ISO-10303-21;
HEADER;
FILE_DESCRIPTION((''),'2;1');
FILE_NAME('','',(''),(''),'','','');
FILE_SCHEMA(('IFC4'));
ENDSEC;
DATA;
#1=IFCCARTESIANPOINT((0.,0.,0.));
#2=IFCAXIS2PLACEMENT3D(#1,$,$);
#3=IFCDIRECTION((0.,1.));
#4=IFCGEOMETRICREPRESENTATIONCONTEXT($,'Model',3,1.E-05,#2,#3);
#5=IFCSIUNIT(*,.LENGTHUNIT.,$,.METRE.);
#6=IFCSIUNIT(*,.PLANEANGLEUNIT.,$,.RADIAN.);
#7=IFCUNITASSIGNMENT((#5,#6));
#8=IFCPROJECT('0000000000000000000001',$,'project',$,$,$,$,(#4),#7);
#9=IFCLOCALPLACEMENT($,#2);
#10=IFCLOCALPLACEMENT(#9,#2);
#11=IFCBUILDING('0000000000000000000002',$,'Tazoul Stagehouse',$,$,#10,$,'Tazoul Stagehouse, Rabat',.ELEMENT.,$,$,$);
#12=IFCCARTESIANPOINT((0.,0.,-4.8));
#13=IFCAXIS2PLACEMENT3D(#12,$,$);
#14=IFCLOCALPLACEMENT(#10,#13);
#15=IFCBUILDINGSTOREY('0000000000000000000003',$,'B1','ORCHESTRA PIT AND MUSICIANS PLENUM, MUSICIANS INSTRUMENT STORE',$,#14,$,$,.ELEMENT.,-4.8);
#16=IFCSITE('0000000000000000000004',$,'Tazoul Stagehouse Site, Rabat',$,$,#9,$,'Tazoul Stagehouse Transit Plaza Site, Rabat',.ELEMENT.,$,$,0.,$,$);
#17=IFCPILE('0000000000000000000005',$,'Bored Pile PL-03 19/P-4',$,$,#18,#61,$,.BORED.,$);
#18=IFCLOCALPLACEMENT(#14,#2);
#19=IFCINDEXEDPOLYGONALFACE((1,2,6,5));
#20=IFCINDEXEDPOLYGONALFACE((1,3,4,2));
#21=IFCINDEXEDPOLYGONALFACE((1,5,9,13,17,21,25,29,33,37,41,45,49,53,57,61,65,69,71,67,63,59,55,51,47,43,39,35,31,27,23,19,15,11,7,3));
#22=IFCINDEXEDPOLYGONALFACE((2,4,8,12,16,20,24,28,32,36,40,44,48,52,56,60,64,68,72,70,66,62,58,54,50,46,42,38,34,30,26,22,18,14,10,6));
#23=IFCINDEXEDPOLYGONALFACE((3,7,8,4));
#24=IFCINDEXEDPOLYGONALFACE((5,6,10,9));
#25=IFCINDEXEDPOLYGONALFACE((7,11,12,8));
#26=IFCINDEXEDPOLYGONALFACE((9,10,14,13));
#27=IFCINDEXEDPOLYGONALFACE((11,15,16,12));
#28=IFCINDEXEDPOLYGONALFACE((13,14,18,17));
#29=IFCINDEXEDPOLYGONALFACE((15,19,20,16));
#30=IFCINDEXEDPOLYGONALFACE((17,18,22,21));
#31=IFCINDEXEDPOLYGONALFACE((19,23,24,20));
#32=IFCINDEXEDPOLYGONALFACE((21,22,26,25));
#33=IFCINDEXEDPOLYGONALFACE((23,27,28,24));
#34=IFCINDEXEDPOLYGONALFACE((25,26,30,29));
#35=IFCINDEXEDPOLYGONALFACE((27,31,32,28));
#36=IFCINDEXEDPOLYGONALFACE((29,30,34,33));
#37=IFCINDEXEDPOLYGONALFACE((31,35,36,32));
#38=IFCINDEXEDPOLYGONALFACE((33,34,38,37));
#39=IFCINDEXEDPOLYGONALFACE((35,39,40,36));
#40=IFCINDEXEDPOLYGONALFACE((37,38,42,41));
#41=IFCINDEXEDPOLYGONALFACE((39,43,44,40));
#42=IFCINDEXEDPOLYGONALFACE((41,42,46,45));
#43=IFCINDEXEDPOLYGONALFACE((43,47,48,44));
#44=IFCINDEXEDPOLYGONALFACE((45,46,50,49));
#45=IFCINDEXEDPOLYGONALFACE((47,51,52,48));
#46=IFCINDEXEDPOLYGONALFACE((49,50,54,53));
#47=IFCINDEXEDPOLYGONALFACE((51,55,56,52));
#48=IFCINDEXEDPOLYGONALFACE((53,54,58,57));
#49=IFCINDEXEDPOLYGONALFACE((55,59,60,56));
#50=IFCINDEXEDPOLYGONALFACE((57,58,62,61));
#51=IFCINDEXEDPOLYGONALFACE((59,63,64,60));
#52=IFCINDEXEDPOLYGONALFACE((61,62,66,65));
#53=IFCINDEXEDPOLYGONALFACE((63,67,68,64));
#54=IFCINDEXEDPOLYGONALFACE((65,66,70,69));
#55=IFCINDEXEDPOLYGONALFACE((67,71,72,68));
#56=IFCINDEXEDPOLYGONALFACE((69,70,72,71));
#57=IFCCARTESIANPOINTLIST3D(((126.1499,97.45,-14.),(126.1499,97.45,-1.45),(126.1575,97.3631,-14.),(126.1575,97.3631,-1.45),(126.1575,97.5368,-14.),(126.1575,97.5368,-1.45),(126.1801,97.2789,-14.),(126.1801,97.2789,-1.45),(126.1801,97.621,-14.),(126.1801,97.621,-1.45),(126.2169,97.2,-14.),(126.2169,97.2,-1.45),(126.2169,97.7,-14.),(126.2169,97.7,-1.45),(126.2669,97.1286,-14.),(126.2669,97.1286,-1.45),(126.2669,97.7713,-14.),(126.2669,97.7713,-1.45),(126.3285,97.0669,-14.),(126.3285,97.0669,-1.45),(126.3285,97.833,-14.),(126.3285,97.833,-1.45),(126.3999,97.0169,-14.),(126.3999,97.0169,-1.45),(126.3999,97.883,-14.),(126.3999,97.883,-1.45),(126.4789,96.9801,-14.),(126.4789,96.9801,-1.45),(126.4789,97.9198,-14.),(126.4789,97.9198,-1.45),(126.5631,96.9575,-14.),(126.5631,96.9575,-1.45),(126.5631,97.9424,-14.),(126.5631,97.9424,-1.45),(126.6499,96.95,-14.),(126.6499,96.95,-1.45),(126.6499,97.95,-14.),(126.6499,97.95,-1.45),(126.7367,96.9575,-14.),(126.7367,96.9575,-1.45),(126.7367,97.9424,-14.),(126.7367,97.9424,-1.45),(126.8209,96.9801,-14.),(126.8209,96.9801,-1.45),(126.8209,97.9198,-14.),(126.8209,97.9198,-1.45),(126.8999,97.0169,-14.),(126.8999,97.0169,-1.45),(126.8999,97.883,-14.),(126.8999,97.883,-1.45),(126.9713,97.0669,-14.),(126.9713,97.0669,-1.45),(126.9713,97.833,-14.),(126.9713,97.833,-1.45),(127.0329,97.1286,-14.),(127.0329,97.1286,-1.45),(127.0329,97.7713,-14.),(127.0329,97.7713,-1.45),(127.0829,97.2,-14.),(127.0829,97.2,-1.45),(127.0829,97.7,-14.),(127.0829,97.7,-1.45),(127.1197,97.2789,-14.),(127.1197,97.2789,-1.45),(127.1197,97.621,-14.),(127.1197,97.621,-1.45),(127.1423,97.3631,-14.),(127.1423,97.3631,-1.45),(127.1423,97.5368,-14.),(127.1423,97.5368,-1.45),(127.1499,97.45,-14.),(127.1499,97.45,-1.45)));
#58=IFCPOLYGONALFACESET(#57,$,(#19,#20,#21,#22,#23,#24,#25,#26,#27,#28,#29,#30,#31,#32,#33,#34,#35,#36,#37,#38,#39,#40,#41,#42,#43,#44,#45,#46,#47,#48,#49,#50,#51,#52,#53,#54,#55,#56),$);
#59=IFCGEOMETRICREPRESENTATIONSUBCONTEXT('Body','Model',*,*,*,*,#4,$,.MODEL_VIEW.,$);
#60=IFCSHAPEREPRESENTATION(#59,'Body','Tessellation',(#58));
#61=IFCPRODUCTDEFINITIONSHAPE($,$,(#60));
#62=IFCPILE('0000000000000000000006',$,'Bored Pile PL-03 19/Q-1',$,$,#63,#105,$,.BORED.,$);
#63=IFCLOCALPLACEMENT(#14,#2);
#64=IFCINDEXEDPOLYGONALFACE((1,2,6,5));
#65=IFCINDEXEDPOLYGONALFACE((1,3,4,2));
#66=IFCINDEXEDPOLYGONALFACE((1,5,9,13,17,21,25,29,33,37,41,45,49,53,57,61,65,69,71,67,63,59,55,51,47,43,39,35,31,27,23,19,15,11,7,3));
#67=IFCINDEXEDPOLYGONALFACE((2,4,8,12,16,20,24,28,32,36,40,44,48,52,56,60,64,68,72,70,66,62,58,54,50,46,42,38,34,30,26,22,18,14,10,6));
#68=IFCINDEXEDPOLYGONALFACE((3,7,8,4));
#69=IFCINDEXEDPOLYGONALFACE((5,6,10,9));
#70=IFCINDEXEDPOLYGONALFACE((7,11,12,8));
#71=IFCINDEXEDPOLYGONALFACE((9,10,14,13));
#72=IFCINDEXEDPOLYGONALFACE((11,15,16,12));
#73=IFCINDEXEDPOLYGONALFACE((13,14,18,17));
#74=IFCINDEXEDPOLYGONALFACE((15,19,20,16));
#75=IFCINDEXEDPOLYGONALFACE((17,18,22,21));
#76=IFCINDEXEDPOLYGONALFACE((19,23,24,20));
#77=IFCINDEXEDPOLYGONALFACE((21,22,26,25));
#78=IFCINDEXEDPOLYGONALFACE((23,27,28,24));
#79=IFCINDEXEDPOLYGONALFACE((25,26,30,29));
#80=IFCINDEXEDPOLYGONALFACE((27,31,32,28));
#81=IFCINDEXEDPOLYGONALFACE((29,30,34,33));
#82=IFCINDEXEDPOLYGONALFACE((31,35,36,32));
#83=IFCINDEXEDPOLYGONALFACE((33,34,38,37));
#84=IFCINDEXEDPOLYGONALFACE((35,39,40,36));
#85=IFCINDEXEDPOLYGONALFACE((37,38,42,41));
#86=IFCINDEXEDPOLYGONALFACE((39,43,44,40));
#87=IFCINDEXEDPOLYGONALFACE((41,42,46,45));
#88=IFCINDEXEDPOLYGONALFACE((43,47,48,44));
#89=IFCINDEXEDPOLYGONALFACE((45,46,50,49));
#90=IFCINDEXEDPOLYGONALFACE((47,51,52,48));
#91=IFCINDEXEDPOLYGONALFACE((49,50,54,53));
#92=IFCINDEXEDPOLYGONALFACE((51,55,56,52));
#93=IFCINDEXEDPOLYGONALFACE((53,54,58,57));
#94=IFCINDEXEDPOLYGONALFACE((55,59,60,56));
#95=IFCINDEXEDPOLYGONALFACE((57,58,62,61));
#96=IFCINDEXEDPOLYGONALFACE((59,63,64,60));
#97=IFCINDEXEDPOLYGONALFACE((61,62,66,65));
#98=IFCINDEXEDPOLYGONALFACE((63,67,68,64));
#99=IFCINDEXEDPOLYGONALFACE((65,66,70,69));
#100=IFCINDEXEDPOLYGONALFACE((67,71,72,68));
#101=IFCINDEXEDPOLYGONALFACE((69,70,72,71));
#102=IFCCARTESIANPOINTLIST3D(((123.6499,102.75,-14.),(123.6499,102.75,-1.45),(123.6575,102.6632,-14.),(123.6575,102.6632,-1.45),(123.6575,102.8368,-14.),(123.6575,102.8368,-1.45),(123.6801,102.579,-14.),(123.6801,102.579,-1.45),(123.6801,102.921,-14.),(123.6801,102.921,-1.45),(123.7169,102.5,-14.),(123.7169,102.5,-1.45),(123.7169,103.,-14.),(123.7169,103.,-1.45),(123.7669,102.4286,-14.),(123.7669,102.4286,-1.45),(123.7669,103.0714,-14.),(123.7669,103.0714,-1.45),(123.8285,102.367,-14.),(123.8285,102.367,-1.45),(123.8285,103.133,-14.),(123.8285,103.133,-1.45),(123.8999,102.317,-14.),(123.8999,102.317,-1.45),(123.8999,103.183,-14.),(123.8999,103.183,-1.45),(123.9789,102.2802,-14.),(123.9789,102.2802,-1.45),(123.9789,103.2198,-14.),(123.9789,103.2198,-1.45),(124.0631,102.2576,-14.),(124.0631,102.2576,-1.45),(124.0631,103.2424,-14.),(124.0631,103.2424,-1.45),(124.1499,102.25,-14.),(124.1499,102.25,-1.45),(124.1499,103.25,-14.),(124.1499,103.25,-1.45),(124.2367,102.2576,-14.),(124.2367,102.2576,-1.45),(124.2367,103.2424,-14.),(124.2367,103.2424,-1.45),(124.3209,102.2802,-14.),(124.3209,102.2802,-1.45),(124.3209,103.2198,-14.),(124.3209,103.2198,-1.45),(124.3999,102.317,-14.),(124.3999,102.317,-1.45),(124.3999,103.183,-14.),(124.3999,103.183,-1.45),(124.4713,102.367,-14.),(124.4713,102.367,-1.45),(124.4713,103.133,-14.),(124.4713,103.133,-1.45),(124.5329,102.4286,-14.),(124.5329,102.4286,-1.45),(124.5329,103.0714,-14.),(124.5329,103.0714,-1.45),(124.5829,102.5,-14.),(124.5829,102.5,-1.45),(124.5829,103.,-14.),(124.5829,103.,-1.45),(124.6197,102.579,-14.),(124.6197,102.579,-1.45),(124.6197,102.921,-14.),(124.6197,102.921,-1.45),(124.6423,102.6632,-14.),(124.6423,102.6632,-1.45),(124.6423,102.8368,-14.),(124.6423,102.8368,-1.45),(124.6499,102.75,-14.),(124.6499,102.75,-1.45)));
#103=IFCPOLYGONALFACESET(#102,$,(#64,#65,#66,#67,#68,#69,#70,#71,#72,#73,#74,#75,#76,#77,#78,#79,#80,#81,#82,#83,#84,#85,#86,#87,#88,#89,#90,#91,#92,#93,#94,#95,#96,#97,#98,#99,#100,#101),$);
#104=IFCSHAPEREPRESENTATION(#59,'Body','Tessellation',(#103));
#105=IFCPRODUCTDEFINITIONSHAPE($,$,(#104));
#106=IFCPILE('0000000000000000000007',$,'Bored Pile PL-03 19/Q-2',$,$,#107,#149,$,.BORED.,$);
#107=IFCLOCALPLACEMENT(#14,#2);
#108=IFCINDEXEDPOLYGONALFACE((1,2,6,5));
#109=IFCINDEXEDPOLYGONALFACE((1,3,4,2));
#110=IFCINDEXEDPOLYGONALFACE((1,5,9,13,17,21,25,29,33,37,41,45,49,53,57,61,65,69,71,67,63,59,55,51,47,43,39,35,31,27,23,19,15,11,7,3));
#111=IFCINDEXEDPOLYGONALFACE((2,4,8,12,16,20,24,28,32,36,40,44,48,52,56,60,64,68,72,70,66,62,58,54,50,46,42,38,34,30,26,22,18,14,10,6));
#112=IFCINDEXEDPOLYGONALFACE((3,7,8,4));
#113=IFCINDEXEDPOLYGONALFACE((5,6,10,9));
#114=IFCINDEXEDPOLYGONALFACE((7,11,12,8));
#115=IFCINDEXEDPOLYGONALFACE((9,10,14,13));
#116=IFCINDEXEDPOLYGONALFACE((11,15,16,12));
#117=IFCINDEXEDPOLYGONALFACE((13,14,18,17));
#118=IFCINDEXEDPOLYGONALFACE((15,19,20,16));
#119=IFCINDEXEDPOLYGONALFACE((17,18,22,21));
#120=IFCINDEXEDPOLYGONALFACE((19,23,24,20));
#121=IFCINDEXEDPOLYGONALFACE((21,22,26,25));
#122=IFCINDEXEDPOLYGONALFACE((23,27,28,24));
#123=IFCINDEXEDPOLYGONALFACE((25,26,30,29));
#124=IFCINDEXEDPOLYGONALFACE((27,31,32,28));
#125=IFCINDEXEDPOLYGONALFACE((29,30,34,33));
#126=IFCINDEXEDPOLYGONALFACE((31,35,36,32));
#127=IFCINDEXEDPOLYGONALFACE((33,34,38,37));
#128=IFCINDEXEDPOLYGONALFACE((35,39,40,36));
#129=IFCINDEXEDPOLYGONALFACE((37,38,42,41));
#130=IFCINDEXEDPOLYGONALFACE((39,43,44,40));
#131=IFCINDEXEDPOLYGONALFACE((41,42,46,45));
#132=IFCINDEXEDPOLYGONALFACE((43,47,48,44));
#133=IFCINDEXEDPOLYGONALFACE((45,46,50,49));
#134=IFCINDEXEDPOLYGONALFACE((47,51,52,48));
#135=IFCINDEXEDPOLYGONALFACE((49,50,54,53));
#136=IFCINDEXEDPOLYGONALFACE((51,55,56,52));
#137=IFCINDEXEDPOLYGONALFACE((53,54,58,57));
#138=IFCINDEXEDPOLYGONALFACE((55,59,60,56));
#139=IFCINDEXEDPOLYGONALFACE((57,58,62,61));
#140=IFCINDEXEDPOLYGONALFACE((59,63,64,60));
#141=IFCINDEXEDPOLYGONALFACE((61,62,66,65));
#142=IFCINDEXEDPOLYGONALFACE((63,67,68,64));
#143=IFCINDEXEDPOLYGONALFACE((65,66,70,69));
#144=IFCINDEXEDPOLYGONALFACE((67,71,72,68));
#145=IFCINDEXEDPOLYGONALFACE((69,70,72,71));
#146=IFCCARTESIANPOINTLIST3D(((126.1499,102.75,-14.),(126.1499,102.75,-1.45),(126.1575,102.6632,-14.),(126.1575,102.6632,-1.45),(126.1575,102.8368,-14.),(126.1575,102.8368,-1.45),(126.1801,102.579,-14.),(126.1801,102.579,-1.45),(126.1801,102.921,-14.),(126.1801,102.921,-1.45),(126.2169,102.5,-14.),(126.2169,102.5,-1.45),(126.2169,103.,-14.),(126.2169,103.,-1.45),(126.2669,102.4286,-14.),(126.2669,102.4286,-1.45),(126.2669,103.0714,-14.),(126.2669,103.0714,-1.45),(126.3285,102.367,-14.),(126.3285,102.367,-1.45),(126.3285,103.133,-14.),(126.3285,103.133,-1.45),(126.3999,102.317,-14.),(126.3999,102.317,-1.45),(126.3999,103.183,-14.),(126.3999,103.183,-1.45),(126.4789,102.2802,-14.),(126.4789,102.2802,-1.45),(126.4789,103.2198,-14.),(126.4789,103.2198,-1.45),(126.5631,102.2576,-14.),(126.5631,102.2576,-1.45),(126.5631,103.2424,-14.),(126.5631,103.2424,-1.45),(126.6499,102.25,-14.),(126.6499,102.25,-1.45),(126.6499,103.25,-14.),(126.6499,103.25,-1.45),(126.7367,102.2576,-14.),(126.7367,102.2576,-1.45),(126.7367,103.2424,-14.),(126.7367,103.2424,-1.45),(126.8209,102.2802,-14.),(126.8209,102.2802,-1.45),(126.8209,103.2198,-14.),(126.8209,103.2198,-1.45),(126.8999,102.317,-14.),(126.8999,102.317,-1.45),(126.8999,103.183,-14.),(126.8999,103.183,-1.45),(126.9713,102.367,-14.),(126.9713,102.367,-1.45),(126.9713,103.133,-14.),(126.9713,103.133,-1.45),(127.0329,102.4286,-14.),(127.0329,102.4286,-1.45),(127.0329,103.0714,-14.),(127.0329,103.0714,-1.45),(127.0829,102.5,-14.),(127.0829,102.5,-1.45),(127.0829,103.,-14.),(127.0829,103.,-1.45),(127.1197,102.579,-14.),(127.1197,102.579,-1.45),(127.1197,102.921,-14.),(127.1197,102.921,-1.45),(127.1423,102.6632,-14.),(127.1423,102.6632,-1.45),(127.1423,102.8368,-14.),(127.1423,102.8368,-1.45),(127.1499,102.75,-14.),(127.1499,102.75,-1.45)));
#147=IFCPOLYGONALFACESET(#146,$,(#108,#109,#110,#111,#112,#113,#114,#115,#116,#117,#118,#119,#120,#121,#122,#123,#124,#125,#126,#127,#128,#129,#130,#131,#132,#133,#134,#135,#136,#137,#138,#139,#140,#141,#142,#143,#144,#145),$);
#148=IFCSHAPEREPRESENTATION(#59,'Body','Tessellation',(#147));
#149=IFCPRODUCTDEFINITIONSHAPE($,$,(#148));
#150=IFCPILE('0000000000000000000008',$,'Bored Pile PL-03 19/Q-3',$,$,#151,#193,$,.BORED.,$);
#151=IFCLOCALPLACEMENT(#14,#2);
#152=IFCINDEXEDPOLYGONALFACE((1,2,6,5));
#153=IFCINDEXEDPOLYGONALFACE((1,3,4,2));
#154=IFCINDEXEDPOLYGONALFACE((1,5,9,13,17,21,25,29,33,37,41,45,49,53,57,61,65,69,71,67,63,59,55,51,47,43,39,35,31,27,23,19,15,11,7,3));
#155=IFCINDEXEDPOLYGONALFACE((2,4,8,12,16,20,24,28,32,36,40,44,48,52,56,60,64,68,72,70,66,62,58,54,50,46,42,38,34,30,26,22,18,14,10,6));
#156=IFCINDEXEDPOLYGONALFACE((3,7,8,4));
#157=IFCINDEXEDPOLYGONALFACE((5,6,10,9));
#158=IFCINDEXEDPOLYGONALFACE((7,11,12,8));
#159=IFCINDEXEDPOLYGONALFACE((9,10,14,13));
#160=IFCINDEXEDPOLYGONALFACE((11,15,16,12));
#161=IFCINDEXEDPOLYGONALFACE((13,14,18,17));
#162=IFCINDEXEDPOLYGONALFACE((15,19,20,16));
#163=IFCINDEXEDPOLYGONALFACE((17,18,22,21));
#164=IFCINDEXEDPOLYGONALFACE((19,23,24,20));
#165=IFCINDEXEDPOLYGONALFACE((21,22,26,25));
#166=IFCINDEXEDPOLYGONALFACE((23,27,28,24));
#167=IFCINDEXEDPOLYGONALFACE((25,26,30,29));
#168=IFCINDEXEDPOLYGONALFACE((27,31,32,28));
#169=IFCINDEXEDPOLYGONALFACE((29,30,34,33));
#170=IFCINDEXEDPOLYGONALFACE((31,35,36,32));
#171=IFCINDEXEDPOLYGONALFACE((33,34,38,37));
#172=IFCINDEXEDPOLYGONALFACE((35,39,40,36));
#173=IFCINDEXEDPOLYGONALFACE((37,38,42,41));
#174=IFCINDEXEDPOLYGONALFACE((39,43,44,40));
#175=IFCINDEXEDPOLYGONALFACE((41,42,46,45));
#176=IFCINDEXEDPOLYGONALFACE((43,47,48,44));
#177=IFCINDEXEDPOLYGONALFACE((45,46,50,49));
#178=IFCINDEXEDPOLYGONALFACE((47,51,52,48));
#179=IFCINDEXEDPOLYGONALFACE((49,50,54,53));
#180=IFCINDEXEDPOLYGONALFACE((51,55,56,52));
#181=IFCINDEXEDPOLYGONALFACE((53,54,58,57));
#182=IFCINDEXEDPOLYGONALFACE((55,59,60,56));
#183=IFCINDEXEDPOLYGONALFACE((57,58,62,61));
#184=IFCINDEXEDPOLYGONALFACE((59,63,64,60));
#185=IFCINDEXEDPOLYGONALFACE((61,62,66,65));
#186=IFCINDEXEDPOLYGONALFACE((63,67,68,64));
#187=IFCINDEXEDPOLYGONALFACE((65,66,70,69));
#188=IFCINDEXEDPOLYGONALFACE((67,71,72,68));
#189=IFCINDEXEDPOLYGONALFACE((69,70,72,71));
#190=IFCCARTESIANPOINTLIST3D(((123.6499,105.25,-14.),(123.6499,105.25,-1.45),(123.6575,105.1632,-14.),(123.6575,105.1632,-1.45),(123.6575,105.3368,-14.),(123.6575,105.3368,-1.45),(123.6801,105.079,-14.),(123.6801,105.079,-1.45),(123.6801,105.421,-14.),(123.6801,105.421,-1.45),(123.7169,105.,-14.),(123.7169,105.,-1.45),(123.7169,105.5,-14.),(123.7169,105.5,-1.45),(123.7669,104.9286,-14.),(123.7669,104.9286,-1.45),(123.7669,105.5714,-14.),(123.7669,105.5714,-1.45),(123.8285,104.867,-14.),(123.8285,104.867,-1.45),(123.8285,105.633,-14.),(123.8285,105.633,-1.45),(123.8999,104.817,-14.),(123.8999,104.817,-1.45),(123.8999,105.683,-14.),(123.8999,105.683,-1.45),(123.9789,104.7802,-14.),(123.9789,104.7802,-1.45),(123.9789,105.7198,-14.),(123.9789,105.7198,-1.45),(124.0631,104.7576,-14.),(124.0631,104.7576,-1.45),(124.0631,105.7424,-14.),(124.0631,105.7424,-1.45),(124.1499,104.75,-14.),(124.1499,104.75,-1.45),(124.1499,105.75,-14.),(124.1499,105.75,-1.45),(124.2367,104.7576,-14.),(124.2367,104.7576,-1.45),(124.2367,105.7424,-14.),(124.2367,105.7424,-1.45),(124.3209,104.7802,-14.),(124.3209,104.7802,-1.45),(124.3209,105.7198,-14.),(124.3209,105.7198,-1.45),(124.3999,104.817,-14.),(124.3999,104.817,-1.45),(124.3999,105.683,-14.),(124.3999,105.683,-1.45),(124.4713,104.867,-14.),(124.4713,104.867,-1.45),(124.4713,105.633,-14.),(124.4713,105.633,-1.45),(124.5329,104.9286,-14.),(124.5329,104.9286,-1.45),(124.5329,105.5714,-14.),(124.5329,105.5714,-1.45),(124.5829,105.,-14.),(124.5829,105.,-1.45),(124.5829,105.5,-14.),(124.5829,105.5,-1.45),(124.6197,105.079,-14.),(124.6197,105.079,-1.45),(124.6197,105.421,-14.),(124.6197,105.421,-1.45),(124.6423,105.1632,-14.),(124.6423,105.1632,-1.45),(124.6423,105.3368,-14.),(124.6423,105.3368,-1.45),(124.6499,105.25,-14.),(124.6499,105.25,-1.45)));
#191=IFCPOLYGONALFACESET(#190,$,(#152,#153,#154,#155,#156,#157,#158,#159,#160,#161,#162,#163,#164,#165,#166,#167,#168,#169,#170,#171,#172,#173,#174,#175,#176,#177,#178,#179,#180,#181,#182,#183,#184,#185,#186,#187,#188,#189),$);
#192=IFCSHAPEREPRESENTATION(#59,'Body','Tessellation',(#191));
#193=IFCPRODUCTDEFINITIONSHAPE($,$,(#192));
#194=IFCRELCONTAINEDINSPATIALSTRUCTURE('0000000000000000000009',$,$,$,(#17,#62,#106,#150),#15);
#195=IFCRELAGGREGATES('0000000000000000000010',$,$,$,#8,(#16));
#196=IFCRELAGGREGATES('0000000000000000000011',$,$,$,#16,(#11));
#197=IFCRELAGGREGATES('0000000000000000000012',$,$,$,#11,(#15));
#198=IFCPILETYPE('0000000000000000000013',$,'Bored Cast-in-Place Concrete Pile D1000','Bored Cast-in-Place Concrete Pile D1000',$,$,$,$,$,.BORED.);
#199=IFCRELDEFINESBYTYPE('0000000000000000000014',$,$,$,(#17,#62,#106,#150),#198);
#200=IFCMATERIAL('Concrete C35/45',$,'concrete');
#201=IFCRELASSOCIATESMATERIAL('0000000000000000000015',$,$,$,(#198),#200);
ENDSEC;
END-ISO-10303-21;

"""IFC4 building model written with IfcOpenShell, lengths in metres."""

from ifc_helpers import new_model, si_unit, direction, frame, origin, origin_2d, place, context, subcontext, project, spatial, circle, extrude, material, material_profile, profile_set, type_object, element, save


model = new_model("IFC4")

# Units and contexts
model_context = context("Model", 3, precision=1e-05, world=origin(), true_north=direction((0.0, 1.0)))
body_context = subcontext(model_context, "Body", "Model", "MODEL_VIEW")
ifc_project = project(units=[si_unit("LENGTHUNIT", "METRE"), si_unit("PLANEANGLEUNIT", "RADIAN")], contexts=[model_context])

# Site, building, storey
site_placement = place(None, origin())
site = spatial("IfcSite", under=ifc_project, at=site_placement, Name="Tazoul Stagehouse Site, Rabat", LongName="Tazoul Stagehouse Transit Plaza Site, Rabat", CompositionType="ELEMENT", RefElevation=0.0)
building_placement = place(site_placement, origin())
building = spatial("IfcBuilding", under=site, at=building_placement, Name="Tazoul Stagehouse", LongName="Tazoul Stagehouse, Rabat", CompositionType="ELEMENT")
storey_placement = place(building_placement, frame((0.0, 0.0, -4.8)))
storey = spatial("IfcBuildingStorey", under=building, at=storey_placement, Name="B1", Description="ORCHESTRA PIT AND MUSICIANS PLENUM, MUSICIANS INSTRUMENT STORE", CompositionType="ELEMENT", Elevation=-4.8)

# Piles
ifc_material_1 = material(Name="Concrete C35/45", Category="concrete")
ifc_material_profile_1 = material_profile(ifc_material_1, circle(Radius=0.5, at=origin_2d()), Name="BORED PILE 1000")
ifc_profile_set_1 = profile_set([ifc_material_profile_1], Name="Concrete C35/45")
pile_type_1 = type_object("IfcPileType", Name="Bored Cast-in-Place Concrete Pile D1000", Description="Bored Cast-in-Place Concrete Pile D1000", PredefinedType="BORED", material=ifc_profile_set_1)
for number, where, z_axis, x_axis, name in (
    (1, (126.6499, 97.45, -1.45), (0.0, 0.0, -1.0), (1.0, 0.0, 0.0), "Bored Pile PL-03 19/P-4"),
    (2, (124.1499, 102.75, -1.45), (0.0, 0.0, -1.0), (1.0, 0.0, 0.0), "Bored Pile PL-03 19/Q-1"),
    (3, (126.6499, 102.75, -1.45), (0.0, 0.0, -1.0), (1.0, 0.0, 0.0), "Bored Pile PL-03 19/Q-2"),
    (4, (124.1499, 105.25, -1.45), (0.0, 0.0, -1.0), (1.0, 0.0, 0.0), "Bored Pile PL-03 19/Q-3"),
):
    element("IfcPile", number, at=place(storey_placement, frame(where, z_axis=z_axis, x_axis=x_axis)), inside=storey, type_object=pile_type_1, Name=name, PredefinedType="BORED", context=body_context, shape_type="SweptSolid", body=[
        extrude(circle(Radius=0.5, at=origin_2d()), origin(), (0.0, 0.0, 1.0), 12.55),
    ])

save(model, "model.ifc")
